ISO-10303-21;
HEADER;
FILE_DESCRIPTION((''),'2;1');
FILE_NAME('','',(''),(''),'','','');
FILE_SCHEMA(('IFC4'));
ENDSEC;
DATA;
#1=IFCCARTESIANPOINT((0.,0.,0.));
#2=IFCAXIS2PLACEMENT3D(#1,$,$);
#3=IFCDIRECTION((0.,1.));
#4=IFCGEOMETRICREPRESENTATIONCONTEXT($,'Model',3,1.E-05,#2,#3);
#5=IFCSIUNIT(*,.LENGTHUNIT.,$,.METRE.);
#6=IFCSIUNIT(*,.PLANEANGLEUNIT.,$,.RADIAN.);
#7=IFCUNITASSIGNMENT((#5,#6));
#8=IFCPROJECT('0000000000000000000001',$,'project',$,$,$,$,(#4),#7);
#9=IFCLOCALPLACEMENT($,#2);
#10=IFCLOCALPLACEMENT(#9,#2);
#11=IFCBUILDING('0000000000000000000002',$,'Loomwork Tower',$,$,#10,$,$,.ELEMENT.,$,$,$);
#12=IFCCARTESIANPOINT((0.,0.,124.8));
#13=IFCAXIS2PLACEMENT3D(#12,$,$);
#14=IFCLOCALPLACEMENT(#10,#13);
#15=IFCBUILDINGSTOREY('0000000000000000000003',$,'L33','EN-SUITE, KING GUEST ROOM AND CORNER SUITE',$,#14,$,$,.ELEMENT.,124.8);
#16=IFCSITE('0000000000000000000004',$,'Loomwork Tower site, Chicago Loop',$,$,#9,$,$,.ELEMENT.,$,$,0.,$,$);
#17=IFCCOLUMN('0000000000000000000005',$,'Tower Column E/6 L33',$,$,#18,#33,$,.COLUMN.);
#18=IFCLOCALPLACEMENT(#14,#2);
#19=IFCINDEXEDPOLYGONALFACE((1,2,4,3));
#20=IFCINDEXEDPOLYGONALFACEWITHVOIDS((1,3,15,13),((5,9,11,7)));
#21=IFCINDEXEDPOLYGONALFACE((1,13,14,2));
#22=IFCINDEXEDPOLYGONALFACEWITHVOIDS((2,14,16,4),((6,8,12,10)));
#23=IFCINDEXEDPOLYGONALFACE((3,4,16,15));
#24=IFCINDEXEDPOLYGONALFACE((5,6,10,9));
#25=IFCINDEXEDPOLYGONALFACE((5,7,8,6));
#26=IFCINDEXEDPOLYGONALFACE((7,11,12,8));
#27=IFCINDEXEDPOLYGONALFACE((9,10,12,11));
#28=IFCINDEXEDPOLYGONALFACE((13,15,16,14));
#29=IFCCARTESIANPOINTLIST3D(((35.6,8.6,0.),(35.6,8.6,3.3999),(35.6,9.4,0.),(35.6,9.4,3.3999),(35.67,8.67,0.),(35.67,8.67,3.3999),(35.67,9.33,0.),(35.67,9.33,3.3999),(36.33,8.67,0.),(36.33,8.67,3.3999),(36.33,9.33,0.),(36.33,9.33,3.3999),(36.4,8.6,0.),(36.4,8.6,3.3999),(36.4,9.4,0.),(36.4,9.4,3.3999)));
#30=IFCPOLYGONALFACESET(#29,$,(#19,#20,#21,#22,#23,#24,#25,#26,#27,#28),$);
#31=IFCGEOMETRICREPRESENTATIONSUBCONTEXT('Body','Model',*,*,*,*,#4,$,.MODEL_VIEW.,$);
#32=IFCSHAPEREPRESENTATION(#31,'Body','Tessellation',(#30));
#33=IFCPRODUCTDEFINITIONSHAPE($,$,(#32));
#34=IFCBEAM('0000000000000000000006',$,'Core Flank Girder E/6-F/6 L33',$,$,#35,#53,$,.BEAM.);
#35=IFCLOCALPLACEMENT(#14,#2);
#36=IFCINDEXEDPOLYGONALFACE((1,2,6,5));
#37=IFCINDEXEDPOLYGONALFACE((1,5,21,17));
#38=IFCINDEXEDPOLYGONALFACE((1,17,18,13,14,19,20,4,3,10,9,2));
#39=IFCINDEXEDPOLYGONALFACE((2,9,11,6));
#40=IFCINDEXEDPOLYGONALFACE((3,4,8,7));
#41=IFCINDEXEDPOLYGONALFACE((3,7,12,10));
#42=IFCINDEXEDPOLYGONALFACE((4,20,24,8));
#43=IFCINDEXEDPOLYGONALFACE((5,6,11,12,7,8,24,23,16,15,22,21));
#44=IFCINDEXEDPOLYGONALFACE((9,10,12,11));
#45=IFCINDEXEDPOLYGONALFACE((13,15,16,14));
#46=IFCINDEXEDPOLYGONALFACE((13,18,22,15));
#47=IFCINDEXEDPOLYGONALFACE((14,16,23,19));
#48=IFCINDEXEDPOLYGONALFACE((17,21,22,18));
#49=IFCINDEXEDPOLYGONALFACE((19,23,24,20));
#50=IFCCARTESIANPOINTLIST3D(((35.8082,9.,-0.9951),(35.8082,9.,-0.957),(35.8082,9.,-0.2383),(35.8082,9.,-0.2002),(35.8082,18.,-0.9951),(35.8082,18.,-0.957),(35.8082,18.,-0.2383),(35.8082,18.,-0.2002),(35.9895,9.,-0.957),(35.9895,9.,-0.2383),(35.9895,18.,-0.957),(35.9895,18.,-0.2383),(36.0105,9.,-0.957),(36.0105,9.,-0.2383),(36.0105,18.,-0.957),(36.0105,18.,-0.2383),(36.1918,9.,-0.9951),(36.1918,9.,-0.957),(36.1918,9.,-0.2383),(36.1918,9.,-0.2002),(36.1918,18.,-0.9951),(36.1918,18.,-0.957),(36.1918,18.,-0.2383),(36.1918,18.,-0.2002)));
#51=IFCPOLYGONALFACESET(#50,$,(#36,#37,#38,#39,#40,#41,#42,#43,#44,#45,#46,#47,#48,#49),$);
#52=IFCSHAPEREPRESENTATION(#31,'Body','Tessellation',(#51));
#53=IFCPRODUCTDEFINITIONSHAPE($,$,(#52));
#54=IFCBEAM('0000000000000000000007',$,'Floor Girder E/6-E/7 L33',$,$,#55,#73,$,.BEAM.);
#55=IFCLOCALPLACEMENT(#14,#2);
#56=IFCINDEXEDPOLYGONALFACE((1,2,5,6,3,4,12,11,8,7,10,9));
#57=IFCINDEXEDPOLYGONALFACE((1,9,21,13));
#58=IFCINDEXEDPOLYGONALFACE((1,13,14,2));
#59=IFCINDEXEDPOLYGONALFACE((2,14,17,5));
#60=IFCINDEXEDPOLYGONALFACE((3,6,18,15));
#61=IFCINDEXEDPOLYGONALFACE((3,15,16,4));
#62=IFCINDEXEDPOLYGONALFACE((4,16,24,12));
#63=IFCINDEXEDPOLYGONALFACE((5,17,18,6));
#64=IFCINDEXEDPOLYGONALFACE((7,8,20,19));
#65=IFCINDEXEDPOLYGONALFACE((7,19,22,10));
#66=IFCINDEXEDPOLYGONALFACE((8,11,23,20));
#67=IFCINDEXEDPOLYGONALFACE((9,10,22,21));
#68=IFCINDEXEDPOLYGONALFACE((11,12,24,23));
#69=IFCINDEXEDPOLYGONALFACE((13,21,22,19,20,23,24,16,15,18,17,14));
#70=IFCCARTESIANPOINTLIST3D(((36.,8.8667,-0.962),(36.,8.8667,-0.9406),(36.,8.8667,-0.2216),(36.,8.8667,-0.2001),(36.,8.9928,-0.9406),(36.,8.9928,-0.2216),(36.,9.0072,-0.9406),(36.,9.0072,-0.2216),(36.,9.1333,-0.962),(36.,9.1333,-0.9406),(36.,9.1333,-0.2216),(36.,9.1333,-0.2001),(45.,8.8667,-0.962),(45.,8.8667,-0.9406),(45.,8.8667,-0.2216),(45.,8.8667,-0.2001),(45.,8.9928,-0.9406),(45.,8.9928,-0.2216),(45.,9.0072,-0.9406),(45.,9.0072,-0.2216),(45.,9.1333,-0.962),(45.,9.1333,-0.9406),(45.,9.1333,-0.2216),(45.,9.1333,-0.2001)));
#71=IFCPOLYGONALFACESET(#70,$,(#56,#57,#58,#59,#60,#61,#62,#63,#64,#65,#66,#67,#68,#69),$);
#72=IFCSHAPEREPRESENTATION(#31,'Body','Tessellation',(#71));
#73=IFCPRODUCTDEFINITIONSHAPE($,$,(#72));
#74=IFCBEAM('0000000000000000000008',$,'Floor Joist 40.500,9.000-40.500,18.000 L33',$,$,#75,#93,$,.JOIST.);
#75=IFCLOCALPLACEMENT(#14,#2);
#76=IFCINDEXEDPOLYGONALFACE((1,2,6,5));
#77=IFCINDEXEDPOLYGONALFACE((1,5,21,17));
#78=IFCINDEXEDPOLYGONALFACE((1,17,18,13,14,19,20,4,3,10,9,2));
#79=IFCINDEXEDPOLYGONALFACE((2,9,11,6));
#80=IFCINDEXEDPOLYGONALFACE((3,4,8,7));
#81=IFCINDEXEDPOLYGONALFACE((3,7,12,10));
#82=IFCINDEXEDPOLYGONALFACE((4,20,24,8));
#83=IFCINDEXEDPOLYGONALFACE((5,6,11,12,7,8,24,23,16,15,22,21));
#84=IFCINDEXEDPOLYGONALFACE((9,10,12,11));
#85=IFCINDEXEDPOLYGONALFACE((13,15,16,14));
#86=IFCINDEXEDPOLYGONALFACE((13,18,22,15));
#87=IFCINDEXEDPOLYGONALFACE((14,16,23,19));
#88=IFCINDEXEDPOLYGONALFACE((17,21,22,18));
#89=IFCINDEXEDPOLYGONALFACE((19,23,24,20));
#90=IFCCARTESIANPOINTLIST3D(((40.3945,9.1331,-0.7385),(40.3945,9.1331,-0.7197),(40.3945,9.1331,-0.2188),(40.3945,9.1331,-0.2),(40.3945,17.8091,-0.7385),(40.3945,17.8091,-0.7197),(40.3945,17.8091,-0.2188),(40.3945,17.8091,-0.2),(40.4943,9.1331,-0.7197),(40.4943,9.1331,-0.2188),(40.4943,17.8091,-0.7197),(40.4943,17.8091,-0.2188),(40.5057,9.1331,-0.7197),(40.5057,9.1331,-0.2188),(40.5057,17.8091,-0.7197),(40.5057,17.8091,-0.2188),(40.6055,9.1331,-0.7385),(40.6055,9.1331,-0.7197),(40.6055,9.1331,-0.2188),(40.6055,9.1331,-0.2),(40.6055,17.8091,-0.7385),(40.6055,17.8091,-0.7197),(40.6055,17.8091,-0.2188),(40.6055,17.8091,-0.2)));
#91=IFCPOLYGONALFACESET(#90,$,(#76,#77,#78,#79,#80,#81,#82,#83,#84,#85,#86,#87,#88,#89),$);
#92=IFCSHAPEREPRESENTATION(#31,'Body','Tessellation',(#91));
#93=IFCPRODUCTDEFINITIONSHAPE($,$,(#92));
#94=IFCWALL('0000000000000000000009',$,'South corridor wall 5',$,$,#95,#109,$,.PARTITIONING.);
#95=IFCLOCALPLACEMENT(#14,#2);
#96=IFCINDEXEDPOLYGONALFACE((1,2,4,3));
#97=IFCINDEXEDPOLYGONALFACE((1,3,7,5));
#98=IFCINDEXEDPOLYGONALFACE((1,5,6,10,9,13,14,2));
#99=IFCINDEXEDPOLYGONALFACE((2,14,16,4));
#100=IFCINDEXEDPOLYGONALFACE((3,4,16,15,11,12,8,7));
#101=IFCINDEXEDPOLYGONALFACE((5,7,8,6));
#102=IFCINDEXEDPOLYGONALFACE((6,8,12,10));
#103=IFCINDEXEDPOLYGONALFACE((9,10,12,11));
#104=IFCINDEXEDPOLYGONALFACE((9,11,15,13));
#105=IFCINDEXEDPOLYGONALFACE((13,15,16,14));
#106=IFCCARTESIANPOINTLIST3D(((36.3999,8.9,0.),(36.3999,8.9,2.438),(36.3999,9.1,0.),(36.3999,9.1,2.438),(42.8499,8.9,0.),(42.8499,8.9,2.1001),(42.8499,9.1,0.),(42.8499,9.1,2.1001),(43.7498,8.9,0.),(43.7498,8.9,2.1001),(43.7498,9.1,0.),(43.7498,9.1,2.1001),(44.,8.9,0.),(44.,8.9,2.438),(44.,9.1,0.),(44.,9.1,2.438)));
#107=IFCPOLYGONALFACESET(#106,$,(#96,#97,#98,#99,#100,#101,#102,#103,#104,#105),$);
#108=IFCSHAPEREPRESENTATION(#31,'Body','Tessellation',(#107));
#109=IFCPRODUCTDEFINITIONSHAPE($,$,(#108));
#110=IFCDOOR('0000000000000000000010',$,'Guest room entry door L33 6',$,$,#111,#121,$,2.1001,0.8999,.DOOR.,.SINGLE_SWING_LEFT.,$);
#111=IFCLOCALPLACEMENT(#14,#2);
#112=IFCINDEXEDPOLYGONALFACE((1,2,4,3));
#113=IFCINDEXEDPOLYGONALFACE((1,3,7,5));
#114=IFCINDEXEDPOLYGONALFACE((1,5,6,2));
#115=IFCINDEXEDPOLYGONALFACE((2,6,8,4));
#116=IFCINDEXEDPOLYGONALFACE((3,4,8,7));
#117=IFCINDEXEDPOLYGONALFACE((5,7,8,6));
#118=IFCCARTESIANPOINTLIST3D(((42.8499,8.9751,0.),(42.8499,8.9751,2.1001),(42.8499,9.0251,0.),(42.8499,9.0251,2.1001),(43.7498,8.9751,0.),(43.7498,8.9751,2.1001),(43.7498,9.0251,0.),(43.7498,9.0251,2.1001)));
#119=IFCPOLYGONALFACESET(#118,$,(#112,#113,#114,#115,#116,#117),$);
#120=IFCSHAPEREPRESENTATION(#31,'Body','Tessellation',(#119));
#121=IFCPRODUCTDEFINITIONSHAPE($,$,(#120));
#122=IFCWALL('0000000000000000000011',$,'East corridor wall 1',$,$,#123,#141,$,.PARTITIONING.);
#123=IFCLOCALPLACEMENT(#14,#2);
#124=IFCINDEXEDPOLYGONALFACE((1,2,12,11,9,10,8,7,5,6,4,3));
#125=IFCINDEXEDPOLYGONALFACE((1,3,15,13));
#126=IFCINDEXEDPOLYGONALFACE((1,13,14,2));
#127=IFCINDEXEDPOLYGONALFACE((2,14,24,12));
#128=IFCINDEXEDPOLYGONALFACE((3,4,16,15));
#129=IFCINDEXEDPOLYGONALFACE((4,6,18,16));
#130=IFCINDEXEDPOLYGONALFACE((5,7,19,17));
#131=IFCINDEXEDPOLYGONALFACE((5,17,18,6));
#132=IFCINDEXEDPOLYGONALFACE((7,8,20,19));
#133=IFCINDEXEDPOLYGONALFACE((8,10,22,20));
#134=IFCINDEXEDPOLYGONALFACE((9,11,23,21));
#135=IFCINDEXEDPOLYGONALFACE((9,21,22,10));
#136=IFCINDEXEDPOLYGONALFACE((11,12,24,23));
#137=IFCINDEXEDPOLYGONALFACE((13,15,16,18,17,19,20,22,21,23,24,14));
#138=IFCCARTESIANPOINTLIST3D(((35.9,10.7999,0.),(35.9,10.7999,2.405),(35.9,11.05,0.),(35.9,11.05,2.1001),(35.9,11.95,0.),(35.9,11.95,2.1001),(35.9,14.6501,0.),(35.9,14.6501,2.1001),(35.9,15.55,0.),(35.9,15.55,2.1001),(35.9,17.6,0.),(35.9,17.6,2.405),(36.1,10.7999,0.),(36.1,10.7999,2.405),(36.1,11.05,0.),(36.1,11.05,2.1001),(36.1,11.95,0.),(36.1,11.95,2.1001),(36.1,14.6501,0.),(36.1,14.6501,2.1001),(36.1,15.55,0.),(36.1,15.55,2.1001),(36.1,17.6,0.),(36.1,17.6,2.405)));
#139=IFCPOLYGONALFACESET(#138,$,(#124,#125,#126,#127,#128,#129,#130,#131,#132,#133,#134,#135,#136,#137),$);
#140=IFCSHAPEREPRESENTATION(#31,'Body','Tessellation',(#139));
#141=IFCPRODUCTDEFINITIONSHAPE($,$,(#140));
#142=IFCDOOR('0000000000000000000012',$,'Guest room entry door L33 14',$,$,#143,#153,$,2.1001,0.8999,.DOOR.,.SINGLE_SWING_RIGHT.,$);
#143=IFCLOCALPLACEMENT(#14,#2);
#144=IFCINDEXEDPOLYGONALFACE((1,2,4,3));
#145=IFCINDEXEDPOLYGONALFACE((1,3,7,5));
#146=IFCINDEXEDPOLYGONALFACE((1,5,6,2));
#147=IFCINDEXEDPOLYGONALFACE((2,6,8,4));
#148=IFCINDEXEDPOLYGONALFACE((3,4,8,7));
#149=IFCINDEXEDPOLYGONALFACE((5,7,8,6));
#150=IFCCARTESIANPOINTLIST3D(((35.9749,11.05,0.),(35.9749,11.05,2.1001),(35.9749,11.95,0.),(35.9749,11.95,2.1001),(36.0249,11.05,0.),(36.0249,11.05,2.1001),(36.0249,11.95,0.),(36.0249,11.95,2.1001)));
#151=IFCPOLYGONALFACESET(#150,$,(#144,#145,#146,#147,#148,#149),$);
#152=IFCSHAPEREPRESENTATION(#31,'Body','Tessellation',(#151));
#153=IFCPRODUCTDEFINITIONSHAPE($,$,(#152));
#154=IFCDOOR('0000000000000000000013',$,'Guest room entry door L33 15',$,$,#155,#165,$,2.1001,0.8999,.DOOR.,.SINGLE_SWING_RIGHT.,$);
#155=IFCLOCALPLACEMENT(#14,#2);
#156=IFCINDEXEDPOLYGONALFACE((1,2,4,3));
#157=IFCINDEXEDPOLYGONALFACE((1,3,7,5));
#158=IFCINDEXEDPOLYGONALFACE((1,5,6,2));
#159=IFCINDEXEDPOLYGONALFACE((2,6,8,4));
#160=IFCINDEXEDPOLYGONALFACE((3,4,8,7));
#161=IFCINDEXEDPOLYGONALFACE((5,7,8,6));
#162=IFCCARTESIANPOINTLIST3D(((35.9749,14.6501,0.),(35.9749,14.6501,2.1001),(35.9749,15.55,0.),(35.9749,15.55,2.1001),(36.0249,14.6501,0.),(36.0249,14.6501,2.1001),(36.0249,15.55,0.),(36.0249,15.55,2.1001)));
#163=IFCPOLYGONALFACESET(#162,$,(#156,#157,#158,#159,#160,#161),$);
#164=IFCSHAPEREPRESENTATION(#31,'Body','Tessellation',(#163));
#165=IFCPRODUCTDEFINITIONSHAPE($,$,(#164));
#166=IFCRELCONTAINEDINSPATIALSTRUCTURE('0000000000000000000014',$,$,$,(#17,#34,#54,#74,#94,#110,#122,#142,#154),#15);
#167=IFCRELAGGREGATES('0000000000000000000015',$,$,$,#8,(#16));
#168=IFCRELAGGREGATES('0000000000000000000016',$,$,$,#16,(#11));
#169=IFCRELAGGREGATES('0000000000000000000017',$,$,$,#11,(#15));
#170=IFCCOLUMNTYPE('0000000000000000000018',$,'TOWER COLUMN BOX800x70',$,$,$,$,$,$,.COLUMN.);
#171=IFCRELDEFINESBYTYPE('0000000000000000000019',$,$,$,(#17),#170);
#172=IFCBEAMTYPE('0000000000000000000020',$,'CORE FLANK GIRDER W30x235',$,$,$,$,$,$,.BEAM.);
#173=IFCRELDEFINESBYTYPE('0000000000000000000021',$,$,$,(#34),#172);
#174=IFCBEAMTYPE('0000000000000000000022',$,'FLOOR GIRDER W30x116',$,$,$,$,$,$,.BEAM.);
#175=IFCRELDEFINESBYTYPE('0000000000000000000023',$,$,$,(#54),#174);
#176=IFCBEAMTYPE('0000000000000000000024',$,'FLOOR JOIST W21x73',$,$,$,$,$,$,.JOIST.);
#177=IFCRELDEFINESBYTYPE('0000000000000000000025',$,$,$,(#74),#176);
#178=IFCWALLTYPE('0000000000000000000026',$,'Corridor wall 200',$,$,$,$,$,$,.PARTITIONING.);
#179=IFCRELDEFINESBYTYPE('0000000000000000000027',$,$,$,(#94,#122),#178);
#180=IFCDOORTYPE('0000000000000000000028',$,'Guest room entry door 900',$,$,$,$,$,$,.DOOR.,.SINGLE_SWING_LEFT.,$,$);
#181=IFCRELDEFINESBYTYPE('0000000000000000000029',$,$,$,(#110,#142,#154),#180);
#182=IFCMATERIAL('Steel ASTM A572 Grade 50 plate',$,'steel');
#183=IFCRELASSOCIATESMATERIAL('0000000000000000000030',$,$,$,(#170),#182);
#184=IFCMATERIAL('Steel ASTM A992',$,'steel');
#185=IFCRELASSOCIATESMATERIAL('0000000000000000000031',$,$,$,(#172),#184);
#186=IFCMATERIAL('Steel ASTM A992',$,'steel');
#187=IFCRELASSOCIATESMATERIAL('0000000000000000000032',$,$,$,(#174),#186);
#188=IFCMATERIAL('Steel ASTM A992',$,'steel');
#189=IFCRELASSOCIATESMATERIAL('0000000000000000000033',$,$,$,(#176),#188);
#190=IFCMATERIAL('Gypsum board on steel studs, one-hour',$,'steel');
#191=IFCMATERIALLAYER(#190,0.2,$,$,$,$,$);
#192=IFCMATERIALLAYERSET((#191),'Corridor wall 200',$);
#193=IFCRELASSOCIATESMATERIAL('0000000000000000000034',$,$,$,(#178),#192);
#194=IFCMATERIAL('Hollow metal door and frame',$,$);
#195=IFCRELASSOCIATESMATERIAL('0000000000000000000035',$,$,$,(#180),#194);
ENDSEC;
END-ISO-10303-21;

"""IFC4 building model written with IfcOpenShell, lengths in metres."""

from ifc_helpers import new_model, si_unit, direction, frame, frame_2d, origin, origin_2d, place, context, subcontext, project, spatial, rectangle, hollow_rectangle, i_section, extrude, material, layer, layer_set, material_profile, profile_set, type_object, element, fill, save


model = new_model("IFC4")

# Units and contexts
model_context = context("Model", 3, precision=1e-05, world=origin(), true_north=direction((0.0, 1.0)))
body_context = subcontext(model_context, "Body", "Model", "MODEL_VIEW")
ifc_project = project(units=[si_unit("LENGTHUNIT", "METRE"), si_unit("PLANEANGLEUNIT", "RADIAN")], contexts=[model_context])

# Site, building, storey
site_placement = place(None, origin())
site = spatial("IfcSite", under=ifc_project, at=site_placement, Name="Loomwork Tower site, Chicago Loop", CompositionType="ELEMENT", RefElevation=0.0)
building_placement = place(site_placement, origin())
building = spatial("IfcBuilding", under=site, at=building_placement, Name="Loomwork Tower", CompositionType="ELEMENT")
storey_placement = place(building_placement, frame((0.0, 0.0, 124.8)))
storey = spatial("IfcBuildingStorey", under=building, at=storey_placement, Name="L33", Description="EN-SUITE, KING GUEST ROOM AND CORNER SUITE", CompositionType="ELEMENT", Elevation=124.8)

# Column
ifc_material_1 = material(Name="Steel ASTM A572 Grade 50 plate", Category="steel")
ifc_material_profile_1 = material_profile(ifc_material_1, hollow_rectangle(XDim=0.8, YDim=0.8, WallThickness=0.0701, at=origin_2d()), Name="BOX800x70")
ifc_profile_set_1 = profile_set([ifc_material_profile_1], Name="Steel ASTM A572 Grade 50 plate")
column_type = type_object("IfcColumnType", Name="TOWER COLUMN BOX800x70", PredefinedType="COLUMN", material=ifc_profile_set_1)
column_placement = place(storey_placement, frame((36.0, 9.0, 0.0), z_axis=(0.0, 0.0, 1.0), x_axis=(0.0, 1.0, 0.0)))
element("IfcColumn", 1, at=column_placement, inside=storey, type_object=column_type, Name="Tower Column E/6 L33", PredefinedType="COLUMN", context=body_context, shape_type="SweptSolid", body=[
    extrude(hollow_rectangle(XDim=0.8, YDim=0.8, WallThickness=0.0701, at=origin_2d()), origin(), (0.0, 0.0, 1.0), 3.3999),
])

# Beams
ifc_material_2 = material(Name="Steel ASTM A992", Category="steel")
ifc_material_profile_2 = material_profile(ifc_material_2, i_section(OverallWidth=0.3835, OverallDepth=0.7949, WebThickness=0.021, FlangeThickness=0.0381, at=origin_2d()), Name="W30x235")
ifc_profile_set_2 = profile_set([ifc_material_profile_2], Name="Steel ASTM A992")
beam_type_1 = type_object("IfcBeamType", Name="CORE FLANK GIRDER W30x235", PredefinedType="BEAM", material=ifc_profile_set_2)
beam_1_placement = place(storey_placement, frame((36.0, 9.0, -0.5977), z_axis=(0.0, 1.0, 0.0), x_axis=(-1.0, 0.0, 0.0)))
element("IfcBeam", 2, at=beam_1_placement, inside=storey, type_object=beam_type_1, Name="Core Flank Girder E/6-F/6 L33", PredefinedType="BEAM", context=body_context, shape_type="SweptSolid", body=[
    extrude(i_section(OverallWidth=0.3835, OverallDepth=0.7949, WebThickness=0.021, FlangeThickness=0.0381, at=origin_2d()), origin(), (0.0, 0.0, 1.0), 9.0),
])
ifc_material_3 = material(Name="Steel ASTM A992", Category="steel")
ifc_material_profile_3 = material_profile(ifc_material_3, i_section(OverallWidth=0.2666, OverallDepth=0.762, WebThickness=0.0144, FlangeThickness=0.0215, at=origin_2d()), Name="W30x116")
ifc_profile_set_3 = profile_set([ifc_material_profile_3], Name="Steel ASTM A992")
beam_type_2 = type_object("IfcBeamType", Name="FLOOR GIRDER W30x116", PredefinedType="BEAM", material=ifc_profile_set_3)
beam_2_placement = place(storey_placement, frame((36.0, 9.0, -0.5811), z_axis=(1.0, 0.0, 0.0), x_axis=(0.0, 1.0, 0.0)))
element("IfcBeam", 3, at=beam_2_placement, inside=storey, type_object=beam_type_2, Name="Floor Girder E/6-E/7 L33", PredefinedType="BEAM", context=body_context, shape_type="SweptSolid", body=[
    extrude(i_section(OverallWidth=0.2666, OverallDepth=0.762, WebThickness=0.0144, FlangeThickness=0.0215, at=origin_2d()), origin(), (0.0, 0.0, 1.0), 9.0),
])
ifc_material_4 = material(Name="Steel ASTM A992", Category="steel")
ifc_material_profile_4 = material_profile(ifc_material_4, i_section(OverallWidth=0.2109, OverallDepth=0.5386, WebThickness=0.0115, FlangeThickness=0.0188, at=origin_2d()), Name="W21x73")
ifc_profile_set_4 = profile_set([ifc_material_profile_4], Name="Steel ASTM A992")
beam_type_3 = type_object("IfcBeamType", Name="FLOOR JOIST W21x73", PredefinedType="JOIST", material=ifc_profile_set_4)
beam_3_placement = place(storey_placement, frame((40.5, 9.1331, -0.4692), z_axis=(0.0, 1.0, 0.0), x_axis=(-1.0, 0.0, 0.0)))
element("IfcBeam", 4, at=beam_3_placement, inside=storey, type_object=beam_type_3, Name="Floor Joist 40.500,9.000-40.500,18.000 L33", PredefinedType="JOIST", context=body_context, shape_type="SweptSolid", body=[
    extrude(i_section(OverallWidth=0.2109, OverallDepth=0.5386, WebThickness=0.0115, FlangeThickness=0.0188, at=origin_2d()), origin(), (0.0, 0.0, 1.0), 8.676),
])

# Wall, opening, door
ifc_material_5 = material(Name="Gypsum board on steel studs, one-hour", Category="steel")
ifc_layer_1 = layer(ifc_material_5, 0.2)
ifc_layer_set_1 = layer_set([ifc_layer_1], Name="Corridor wall 200")
wall_type_1 = type_object("IfcWallType", Name="Corridor wall 200", PredefinedType="PARTITIONING", material=ifc_layer_set_1)
wall_1_placement = place(storey_placement, frame((36.3999, 9.0, 0.0), z_axis=(0.0, 0.0, 1.0), x_axis=(1.0, 0.0, 0.0)))
wall_1 = element("IfcWall", 5, at=wall_1_placement, inside=storey, type_object=wall_type_1, Name="South corridor wall 5", PredefinedType="PARTITIONING", context=body_context, shape_type="SweptSolid", body=[
    extrude(rectangle(XDim=7.6001, YDim=0.2, at=frame_2d((3.8, 0.0))), origin(), (0.0, 0.0, 1.0), 2.438),
])
opening_1_placement = place(wall_1_placement, frame((6.45, 0.0, 0.0)))
opening_1 = element("IfcOpeningElement", 6, at=opening_1_placement, cuts=wall_1, PredefinedType="OPENING", context=body_context, shape_type="SweptSolid", body=[
    extrude(rectangle(XDim=0.8999, YDim=2.1001, at=frame_2d((0.45, 1.05))), frame((0.0, 0.1099, 0.0), z_axis=(0.0, -1.0, 0.0), x_axis=(1.0, 0.0, 0.0)), (0.0, 0.0, 1.0), 0.22),
])
ifc_material_6 = material(Name="Hollow metal door and frame")
door_type_1 = type_object("IfcDoorType", Name="Guest room entry door 900", OperationType="SINGLE_SWING_LEFT", PredefinedType="DOOR", material=ifc_material_6)
door_1_placement = place(opening_1_placement, frame((0.8999, 0.0, 0.0), z_axis=(0.0, 0.0, 1.0), x_axis=(-1.0, 0.0, 0.0)))
door_1 = element("IfcDoor", 7, at=door_1_placement, inside=storey, type_object=door_type_1, Name="Guest room entry door L33 6", OperationType="SINGLE_SWING_LEFT", OverallHeight=2.1001, OverallWidth=0.8999, PredefinedType="DOOR", context=body_context, shape_type="SweptSolid", body=[
    extrude(rectangle(XDim=0.8999, YDim=2.1001, at=frame_2d((0.45, 1.05))), frame((0.0, 0.0249, 0.0), z_axis=(0.0, -1.0, 0.0), x_axis=(1.0, 0.0, 0.0)), (0.0, 0.0, 1.0), 0.05),
])
fill(opening_1, door_1)

# Wall, openings, doors
wall_2_placement = place(storey_placement, frame((36.0, 10.8, 0.0), z_axis=(0.0, 0.0, 1.0), x_axis=(0.0, 1.0, 0.0)))
wall_2 = element("IfcWall", 8, at=wall_2_placement, inside=storey, type_object=wall_type_1, Name="East corridor wall 1", PredefinedType="PARTITIONING", context=body_context, shape_type="SweptSolid", body=[
    extrude(rectangle(XDim=6.8, YDim=0.2, at=frame_2d((3.3999, 0.0))), origin(), (0.0, 0.0, 1.0), 2.405),
])
opening_2_placement = place(wall_2_placement, frame((0.25, 0.0, 0.0)))
opening_2 = element("IfcOpeningElement", 9, at=opening_2_placement, cuts=wall_2, PredefinedType="OPENING", context=body_context, shape_type="SweptSolid", body=[
    extrude(rectangle(XDim=0.8999, YDim=2.1001, at=frame_2d((0.45, 1.05))), frame((0.0, 0.1099, 0.0), z_axis=(0.0, -1.0, 0.0), x_axis=(1.0, 0.0, 0.0)), (0.0, 0.0, 1.0), 0.22),
])
opening_3_placement = place(wall_2_placement, frame((3.8501, 0.0, 0.0)))
opening_3 = element("IfcOpeningElement", 10, at=opening_3_placement, cuts=wall_2, PredefinedType="OPENING", context=body_context, shape_type="SweptSolid", body=[
    extrude(rectangle(XDim=0.8999, YDim=2.1001, at=frame_2d((0.45, 1.05))), frame((0.0, 0.1099, 0.0), z_axis=(0.0, -1.0, 0.0), x_axis=(1.0, 0.0, 0.0)), (0.0, 0.0, 1.0), 0.22),
])
door_2_placement = place(opening_2_placement, frame((0.8999, 0.0, 0.0), z_axis=(0.0, 0.0, 1.0), x_axis=(-1.0, 0.0, 0.0)))
door_2 = element("IfcDoor", 11, at=door_2_placement, inside=storey, type_object=door_type_1, Name="Guest room entry door L33 14", OperationType="SINGLE_SWING_RIGHT", OverallHeight=2.1001, OverallWidth=0.8999, PredefinedType="DOOR", context=body_context, shape_type="SweptSolid", body=[
    extrude(rectangle(XDim=0.8999, YDim=2.1001, at=frame_2d((0.45, 1.05))), frame((0.0, 0.0249, 0.0), z_axis=(0.0, -1.0, 0.0), x_axis=(1.0, 0.0, 0.0)), (0.0, 0.0, 1.0), 0.05),
])
fill(opening_2, door_2)
door_3_placement = place(opening_3_placement, frame((0.8999, 0.0, 0.0), z_axis=(0.0, 0.0, 1.0), x_axis=(-1.0, 0.0, 0.0)))
door_3 = element("IfcDoor", 12, at=door_3_placement, inside=storey, type_object=door_type_1, Name="Guest room entry door L33 15", OperationType="SINGLE_SWING_RIGHT", OverallHeight=2.1001, OverallWidth=0.8999, PredefinedType="DOOR", context=body_context, shape_type="SweptSolid", body=[
    extrude(rectangle(XDim=0.8999, YDim=2.1001, at=frame_2d((0.45, 1.05))), frame((0.0, 0.0249, 0.0), z_axis=(0.0, -1.0, 0.0), x_axis=(1.0, 0.0, 0.0)), (0.0, 0.0, 1.0), 0.05),
])
fill(opening_3, door_3)

save(model, "model.ifc")
